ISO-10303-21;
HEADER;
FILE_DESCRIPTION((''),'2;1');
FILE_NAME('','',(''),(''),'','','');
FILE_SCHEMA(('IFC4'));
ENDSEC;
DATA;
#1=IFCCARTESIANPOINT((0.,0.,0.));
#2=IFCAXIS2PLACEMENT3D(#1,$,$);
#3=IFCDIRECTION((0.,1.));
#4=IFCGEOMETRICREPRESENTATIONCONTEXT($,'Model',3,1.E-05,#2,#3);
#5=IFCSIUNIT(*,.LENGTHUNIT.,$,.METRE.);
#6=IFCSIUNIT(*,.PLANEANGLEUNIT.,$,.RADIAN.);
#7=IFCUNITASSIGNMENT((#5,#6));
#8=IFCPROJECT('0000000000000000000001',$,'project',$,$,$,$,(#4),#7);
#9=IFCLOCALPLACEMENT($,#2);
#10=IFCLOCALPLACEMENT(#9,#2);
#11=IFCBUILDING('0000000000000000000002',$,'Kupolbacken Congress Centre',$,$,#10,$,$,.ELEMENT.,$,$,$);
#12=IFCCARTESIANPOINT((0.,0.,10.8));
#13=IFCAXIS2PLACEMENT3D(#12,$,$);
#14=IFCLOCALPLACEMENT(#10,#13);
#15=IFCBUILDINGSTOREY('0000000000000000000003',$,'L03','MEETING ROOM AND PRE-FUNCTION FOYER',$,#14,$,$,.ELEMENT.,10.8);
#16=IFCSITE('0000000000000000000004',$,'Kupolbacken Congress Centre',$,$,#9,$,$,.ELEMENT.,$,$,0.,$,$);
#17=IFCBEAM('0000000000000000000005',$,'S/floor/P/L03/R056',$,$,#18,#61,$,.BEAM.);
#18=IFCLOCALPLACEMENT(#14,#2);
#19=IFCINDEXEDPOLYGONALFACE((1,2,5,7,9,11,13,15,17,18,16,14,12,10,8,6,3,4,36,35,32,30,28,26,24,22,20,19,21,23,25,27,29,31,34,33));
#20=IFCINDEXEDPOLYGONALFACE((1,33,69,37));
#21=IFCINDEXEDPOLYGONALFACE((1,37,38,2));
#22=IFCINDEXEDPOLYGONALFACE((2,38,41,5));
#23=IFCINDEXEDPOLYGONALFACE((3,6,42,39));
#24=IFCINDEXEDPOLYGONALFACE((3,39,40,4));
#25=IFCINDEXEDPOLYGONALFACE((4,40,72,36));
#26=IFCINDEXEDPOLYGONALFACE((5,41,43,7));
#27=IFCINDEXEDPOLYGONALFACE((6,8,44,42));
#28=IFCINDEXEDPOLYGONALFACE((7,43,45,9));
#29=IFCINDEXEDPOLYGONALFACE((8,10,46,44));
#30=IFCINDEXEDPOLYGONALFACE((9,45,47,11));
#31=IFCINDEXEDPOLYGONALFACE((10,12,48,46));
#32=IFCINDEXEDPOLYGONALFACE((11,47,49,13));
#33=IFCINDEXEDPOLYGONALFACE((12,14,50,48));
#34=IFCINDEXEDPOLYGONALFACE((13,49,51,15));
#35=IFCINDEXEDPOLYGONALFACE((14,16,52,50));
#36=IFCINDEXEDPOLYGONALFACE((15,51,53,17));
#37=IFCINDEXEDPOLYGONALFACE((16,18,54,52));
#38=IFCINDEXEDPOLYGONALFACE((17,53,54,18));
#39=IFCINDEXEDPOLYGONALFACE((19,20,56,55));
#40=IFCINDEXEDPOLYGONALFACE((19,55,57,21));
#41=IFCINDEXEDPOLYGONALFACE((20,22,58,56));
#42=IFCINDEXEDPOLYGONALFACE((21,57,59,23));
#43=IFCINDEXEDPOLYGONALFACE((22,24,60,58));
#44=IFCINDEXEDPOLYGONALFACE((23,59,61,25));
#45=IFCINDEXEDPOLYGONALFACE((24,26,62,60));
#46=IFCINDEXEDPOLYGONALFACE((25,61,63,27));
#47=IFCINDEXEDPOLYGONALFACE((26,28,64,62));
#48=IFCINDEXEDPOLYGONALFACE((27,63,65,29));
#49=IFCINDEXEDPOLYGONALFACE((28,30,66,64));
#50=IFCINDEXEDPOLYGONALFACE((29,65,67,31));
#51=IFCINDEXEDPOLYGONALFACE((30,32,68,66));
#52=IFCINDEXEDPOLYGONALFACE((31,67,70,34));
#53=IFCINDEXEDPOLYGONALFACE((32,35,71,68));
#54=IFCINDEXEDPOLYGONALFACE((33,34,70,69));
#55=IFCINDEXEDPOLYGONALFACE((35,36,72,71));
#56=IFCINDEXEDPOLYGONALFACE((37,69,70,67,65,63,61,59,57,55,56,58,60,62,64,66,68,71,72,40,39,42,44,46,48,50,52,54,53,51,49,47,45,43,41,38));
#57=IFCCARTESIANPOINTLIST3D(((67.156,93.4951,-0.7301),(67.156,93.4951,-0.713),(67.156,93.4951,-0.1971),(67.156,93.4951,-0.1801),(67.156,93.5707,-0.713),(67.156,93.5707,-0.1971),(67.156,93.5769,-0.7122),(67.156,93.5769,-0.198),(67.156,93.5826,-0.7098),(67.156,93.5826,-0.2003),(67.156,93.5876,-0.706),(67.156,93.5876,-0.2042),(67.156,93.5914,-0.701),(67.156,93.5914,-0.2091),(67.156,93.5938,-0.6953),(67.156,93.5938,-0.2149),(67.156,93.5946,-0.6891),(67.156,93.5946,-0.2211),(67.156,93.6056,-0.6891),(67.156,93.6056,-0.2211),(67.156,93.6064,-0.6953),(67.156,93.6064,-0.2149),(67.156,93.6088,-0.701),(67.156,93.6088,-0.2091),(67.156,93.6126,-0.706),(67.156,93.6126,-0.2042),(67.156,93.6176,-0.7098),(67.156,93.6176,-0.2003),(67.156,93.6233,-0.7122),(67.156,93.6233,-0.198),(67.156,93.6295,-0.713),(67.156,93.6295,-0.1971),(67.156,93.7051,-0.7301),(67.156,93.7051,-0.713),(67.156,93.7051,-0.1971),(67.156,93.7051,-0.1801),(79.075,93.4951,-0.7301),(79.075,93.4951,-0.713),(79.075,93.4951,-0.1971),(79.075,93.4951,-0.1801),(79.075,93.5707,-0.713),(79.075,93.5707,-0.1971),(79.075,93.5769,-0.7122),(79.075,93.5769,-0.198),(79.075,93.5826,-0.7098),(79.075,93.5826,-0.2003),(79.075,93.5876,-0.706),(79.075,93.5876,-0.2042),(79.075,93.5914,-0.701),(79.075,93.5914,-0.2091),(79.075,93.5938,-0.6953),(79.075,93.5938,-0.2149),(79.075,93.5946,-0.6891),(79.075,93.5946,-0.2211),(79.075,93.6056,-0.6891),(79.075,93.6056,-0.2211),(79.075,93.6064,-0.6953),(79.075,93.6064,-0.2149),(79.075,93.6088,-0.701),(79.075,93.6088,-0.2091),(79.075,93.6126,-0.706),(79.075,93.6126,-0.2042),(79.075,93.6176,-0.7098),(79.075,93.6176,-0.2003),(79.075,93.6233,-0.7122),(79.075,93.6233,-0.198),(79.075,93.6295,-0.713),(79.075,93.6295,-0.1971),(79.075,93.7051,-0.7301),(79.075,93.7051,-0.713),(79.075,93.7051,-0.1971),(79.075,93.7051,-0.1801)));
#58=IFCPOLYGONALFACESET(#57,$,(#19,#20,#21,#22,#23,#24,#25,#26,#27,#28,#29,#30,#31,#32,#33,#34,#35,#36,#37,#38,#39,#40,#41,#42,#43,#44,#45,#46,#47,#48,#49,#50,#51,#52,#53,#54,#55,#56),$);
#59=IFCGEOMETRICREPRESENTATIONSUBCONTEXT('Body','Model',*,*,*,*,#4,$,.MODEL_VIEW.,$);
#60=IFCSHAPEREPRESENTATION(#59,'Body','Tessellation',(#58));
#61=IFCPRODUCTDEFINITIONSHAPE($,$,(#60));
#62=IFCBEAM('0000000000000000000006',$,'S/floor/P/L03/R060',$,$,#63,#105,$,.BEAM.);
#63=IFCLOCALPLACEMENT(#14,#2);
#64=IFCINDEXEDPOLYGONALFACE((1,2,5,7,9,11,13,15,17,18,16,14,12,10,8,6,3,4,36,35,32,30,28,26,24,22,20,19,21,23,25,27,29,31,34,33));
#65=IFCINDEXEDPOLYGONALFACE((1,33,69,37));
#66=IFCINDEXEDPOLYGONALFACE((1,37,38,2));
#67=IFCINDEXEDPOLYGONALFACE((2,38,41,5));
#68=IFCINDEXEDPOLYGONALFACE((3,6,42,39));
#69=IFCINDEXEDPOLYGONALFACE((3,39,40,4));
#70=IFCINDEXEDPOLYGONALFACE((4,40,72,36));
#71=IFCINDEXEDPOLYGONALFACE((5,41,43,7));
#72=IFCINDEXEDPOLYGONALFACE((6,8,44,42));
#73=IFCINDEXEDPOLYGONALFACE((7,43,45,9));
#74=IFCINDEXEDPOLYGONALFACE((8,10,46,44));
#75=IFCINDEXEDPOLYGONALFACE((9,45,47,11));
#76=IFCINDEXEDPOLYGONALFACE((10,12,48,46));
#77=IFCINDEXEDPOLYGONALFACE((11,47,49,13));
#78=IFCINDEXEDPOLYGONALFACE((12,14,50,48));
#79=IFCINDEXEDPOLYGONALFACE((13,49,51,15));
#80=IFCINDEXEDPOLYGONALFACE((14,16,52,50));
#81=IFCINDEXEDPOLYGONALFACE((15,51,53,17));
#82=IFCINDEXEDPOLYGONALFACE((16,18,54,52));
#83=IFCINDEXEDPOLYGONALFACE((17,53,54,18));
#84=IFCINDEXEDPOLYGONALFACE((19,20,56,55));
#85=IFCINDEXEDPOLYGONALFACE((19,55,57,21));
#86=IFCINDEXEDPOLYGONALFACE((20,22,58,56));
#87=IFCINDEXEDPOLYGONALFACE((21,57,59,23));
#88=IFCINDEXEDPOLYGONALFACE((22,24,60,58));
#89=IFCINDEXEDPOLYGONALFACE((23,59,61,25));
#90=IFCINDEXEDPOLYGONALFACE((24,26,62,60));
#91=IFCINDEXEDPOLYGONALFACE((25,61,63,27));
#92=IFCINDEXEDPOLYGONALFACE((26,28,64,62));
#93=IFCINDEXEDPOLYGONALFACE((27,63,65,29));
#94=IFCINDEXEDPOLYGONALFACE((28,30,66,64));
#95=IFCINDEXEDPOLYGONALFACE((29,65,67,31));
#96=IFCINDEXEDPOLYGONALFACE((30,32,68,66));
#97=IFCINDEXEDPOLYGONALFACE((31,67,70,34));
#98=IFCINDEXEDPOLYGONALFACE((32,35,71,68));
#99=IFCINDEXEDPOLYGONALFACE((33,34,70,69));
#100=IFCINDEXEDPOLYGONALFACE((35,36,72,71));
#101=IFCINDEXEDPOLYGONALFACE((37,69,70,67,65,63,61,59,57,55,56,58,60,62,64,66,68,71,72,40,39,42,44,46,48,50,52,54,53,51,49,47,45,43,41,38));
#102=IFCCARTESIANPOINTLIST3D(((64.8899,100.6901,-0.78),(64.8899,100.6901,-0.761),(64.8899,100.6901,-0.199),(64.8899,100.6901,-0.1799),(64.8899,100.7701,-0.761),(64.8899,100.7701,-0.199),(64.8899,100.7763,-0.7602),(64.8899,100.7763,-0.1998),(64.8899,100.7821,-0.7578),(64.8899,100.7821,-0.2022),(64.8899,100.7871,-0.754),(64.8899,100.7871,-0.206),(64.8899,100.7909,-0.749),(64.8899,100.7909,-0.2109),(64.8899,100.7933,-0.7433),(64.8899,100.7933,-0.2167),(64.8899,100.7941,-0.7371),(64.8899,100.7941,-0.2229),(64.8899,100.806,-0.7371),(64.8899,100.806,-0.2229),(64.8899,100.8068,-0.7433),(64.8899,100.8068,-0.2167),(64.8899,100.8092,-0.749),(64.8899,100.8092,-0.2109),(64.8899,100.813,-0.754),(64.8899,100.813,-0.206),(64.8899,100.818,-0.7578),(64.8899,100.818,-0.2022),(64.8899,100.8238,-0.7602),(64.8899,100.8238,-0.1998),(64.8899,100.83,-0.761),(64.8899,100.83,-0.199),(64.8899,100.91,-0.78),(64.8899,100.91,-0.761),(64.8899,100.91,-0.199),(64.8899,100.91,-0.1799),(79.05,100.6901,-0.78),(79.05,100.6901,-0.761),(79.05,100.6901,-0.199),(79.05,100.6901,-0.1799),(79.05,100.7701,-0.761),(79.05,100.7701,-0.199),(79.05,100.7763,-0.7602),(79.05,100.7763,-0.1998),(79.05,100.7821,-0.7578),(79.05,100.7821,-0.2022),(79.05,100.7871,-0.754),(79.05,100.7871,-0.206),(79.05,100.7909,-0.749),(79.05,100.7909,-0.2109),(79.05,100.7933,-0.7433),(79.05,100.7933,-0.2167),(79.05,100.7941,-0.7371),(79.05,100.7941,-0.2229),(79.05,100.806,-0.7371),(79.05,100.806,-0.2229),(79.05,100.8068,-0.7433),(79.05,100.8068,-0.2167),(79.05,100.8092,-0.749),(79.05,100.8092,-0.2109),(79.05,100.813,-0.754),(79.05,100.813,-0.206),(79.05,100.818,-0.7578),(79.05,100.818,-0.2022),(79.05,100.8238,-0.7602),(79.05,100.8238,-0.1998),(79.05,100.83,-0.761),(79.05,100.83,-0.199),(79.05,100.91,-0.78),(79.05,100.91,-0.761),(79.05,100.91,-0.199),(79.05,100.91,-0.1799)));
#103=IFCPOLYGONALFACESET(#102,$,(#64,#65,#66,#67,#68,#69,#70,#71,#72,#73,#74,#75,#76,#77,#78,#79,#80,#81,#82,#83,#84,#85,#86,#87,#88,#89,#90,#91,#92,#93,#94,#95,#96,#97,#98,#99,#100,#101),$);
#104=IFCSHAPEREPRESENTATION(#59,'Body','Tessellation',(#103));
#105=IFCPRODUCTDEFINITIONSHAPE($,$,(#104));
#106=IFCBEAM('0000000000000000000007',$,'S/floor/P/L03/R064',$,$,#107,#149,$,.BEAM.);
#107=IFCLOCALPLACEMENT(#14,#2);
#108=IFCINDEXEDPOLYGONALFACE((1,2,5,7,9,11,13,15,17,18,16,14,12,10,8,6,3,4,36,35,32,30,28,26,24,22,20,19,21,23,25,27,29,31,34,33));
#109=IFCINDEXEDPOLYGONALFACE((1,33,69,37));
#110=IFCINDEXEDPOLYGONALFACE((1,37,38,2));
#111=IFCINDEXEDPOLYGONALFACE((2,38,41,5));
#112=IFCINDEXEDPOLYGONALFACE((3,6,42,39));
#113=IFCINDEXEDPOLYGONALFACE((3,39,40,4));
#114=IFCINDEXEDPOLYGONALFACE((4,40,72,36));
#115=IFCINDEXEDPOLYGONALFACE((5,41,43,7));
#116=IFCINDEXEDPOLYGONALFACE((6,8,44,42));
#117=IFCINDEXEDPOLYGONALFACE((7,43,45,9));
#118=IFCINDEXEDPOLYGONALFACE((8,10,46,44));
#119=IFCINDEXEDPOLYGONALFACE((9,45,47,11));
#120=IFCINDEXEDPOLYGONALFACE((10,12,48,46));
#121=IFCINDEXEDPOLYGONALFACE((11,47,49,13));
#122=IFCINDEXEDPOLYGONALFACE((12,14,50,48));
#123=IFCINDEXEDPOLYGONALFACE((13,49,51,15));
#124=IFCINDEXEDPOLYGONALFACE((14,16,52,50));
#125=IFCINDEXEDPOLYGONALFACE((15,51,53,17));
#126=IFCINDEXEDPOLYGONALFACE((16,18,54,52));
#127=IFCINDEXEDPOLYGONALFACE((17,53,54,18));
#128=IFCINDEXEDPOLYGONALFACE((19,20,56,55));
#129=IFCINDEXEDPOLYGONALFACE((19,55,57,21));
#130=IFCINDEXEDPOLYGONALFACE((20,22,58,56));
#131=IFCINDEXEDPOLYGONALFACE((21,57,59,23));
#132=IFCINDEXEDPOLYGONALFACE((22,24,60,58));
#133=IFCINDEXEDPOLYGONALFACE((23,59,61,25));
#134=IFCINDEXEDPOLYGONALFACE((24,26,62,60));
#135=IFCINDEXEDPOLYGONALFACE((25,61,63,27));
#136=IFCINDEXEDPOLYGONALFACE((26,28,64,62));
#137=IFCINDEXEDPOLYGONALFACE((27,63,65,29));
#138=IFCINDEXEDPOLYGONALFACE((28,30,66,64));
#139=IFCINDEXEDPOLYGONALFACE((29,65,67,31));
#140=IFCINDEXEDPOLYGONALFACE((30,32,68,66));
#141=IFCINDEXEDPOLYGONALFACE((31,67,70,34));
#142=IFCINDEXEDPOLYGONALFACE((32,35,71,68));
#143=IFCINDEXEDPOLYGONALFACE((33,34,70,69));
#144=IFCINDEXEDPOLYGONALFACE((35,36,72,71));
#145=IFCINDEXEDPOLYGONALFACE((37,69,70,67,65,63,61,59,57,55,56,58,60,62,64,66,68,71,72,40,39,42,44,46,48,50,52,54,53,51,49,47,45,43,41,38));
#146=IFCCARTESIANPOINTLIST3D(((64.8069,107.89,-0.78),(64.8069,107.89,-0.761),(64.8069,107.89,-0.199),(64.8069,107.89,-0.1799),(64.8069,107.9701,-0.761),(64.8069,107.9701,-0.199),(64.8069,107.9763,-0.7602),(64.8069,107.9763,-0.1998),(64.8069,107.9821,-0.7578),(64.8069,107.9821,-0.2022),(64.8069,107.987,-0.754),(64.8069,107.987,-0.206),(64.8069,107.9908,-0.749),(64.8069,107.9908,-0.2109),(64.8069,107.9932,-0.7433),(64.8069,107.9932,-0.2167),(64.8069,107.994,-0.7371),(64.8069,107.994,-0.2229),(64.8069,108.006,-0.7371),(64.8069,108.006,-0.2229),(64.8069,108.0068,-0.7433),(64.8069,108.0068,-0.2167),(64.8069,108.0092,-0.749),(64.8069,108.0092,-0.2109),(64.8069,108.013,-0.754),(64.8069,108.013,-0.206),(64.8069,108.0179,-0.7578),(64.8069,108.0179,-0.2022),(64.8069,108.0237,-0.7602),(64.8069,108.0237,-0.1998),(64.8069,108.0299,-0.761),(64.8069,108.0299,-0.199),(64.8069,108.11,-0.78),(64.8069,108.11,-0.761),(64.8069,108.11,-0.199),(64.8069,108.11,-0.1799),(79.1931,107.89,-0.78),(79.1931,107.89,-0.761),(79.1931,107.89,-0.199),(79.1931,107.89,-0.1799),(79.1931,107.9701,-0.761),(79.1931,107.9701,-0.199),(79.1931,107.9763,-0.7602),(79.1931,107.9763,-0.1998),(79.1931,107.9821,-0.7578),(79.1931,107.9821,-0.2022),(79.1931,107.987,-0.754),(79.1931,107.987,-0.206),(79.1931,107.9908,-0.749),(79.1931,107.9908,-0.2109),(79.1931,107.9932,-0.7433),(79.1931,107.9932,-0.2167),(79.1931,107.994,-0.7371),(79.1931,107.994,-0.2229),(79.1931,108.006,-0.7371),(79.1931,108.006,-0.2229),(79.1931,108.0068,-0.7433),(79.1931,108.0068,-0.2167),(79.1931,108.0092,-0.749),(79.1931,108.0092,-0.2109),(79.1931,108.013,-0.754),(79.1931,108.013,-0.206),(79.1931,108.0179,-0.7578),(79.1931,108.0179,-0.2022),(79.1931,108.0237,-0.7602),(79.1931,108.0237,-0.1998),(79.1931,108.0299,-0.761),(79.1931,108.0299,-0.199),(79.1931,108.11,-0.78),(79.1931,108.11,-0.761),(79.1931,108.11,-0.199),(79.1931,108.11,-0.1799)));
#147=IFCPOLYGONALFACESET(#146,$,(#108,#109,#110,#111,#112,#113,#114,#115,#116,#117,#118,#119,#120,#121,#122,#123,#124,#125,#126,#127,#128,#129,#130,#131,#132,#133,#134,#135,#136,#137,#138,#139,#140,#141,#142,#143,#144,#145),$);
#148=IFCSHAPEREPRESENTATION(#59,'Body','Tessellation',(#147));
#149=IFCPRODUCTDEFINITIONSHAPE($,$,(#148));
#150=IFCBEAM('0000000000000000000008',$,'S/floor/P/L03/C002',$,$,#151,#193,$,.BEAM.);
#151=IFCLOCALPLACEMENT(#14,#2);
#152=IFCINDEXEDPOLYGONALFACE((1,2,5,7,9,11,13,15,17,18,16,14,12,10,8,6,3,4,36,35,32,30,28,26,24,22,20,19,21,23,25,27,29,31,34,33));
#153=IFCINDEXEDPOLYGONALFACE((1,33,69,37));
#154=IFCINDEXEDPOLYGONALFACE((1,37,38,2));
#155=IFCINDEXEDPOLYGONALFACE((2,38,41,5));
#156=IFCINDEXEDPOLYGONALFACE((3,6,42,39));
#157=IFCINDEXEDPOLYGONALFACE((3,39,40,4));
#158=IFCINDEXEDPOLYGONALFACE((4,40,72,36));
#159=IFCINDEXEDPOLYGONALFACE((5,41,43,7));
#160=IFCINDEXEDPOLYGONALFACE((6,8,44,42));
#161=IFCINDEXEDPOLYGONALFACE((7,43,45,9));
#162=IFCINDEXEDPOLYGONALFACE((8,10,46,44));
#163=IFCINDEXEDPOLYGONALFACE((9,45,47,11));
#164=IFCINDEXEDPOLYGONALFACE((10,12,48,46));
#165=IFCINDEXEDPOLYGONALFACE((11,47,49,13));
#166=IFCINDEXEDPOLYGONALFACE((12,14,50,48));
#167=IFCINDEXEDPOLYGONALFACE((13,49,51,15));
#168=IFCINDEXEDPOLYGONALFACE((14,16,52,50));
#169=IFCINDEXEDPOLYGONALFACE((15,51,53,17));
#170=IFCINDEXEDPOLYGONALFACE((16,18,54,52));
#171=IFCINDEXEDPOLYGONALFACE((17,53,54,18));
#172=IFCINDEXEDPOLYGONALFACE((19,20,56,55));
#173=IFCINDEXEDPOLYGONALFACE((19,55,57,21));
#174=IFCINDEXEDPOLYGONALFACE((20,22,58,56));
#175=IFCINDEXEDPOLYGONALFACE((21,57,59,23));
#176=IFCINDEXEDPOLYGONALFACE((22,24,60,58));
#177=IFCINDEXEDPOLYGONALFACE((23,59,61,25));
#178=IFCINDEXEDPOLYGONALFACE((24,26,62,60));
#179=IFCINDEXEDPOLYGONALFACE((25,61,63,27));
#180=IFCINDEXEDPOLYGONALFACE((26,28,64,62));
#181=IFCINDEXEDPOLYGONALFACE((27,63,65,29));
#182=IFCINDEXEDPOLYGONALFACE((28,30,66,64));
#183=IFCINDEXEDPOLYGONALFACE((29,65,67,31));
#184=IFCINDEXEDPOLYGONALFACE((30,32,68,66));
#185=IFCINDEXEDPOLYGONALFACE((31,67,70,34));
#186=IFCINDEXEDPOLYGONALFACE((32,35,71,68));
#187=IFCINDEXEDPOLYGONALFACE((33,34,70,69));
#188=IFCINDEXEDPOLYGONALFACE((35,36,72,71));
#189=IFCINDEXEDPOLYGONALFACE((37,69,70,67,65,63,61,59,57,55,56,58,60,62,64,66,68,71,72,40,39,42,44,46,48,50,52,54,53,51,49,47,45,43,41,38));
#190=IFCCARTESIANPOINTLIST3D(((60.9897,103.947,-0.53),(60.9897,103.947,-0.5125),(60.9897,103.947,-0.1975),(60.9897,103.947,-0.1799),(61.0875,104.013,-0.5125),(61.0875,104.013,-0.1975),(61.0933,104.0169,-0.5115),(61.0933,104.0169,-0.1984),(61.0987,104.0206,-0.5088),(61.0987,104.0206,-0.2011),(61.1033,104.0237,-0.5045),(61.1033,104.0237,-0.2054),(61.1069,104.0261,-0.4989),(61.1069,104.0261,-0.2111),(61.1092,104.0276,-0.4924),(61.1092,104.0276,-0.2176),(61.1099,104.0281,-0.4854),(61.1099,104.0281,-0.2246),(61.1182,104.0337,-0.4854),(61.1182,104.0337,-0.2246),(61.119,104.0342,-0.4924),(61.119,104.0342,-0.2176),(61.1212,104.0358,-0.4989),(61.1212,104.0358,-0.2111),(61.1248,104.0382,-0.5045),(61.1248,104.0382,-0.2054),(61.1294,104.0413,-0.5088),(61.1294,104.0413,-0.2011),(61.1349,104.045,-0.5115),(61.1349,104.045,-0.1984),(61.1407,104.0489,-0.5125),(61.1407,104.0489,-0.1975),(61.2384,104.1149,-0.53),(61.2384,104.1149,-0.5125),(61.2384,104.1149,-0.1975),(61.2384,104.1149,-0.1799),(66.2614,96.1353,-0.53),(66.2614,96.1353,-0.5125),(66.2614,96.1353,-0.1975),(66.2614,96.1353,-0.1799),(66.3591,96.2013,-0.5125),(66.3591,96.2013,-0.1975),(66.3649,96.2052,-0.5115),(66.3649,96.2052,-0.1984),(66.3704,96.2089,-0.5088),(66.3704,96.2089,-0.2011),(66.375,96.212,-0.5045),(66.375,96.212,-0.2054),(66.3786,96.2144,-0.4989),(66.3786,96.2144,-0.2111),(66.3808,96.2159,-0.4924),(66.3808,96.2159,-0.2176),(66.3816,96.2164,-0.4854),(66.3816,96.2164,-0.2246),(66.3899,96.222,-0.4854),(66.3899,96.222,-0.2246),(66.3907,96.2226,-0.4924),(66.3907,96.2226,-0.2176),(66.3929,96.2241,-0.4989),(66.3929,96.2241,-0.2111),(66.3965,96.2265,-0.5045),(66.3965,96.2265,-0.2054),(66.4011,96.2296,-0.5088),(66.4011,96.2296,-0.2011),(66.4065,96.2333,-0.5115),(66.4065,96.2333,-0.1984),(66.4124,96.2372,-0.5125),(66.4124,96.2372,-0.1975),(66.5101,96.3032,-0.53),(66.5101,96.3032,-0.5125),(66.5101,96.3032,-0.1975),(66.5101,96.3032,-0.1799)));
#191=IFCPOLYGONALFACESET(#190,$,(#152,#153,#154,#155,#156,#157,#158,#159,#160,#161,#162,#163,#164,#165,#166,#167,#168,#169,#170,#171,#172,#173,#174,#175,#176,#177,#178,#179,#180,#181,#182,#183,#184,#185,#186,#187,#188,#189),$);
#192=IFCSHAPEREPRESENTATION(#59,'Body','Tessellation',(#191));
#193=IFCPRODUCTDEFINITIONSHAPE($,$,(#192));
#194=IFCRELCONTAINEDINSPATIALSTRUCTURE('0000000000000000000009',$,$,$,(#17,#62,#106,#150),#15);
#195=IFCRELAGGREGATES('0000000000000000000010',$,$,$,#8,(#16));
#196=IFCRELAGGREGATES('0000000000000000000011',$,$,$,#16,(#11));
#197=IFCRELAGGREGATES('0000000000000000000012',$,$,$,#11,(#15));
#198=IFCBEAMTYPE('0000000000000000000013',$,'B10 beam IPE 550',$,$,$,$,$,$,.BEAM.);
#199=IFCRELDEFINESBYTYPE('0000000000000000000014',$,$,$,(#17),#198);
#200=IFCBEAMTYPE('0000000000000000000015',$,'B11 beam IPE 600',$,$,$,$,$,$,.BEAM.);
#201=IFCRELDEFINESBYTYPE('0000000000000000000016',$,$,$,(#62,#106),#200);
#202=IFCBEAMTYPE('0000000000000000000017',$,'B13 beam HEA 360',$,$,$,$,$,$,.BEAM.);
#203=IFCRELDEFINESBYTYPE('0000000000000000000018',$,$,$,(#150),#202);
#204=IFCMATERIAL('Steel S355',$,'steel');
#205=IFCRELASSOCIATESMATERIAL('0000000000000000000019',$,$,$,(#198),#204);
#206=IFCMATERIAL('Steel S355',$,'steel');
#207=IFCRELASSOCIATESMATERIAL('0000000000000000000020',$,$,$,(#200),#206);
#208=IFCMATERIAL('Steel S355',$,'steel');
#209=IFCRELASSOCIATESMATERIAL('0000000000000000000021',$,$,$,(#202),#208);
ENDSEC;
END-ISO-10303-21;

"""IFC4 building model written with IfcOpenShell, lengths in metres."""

from ifc_helpers import new_model, si_unit, direction, frame, origin, origin_2d, place, context, subcontext, project, spatial, i_section, extrude, material, material_profile, profile_set, type_object, element, save


model = new_model("IFC4")

# Units and contexts
model_context = context("Model", 3, precision=1e-05, world=origin(), true_north=direction((0.0, 1.0)))
body_context = subcontext(model_context, "Body", "Model", "MODEL_VIEW")
ifc_project = project(units=[si_unit("LENGTHUNIT", "METRE"), si_unit("PLANEANGLEUNIT", "RADIAN")], contexts=[model_context])

# Site, building, storey
site_placement = place(None, origin())
site = spatial("IfcSite", under=ifc_project, at=site_placement, Name="Kupolbacken Congress Centre", CompositionType="ELEMENT", RefElevation=0.0)
building_placement = place(site_placement, origin())
building = spatial("IfcBuilding", under=site, at=building_placement, Name="Kupolbacken Congress Centre", CompositionType="ELEMENT")
storey_placement = place(building_placement, frame((0.0, 0.0, 10.8)))
storey = spatial("IfcBuildingStorey", under=building, at=storey_placement, Name="L03", Description="MEETING ROOM AND PRE-FUNCTION FOYER", CompositionType="ELEMENT", Elevation=10.8)

# Beams
ifc_material_1 = material(Name="Steel S355", Category="steel")
ifc_material_profile_1 = material_profile(ifc_material_1, i_section(OverallWidth=0.21, OverallDepth=0.55, WebThickness=0.011, FlangeThickness=0.0171, FilletRadius=0.0239, at=origin_2d()), Name="IPE 550")
ifc_profile_set_1 = profile_set([ifc_material_profile_1], Name="Steel S355")
beam_type_1 = type_object("IfcBeamType", Name="B10 beam IPE 550", PredefinedType="BEAM", material=ifc_profile_set_1)
beam_1_placement = place(storey_placement, frame((67.156, 93.6001, -0.4551), z_axis=(1.0, 0.0, 0.0), x_axis=(0.0, 1.0, 0.0)))
element("IfcBeam", 1, at=beam_1_placement, inside=storey, type_object=beam_type_1, Name="S/floor/P/L03/R056", PredefinedType="BEAM", context=body_context, shape_type="SweptSolid", body=[
    extrude(i_section(OverallWidth=0.21, OverallDepth=0.55, WebThickness=0.011, FlangeThickness=0.0171, FilletRadius=0.0239, at=origin_2d()), origin(), (0.0, 0.0, 1.0), 11.9189),
])
ifc_material_2 = material(Name="Steel S355", Category="steel")
ifc_material_profile_2 = material_profile(ifc_material_2, i_section(OverallWidth=0.22, OverallDepth=0.6001, WebThickness=0.012, FlangeThickness=0.019, FilletRadius=0.0239, at=origin_2d()), Name="IPE 600")
ifc_profile_set_2 = profile_set([ifc_material_profile_2], Name="Steel S355")
beam_type_2 = type_object("IfcBeamType", Name="B11 beam IPE 600", PredefinedType="BEAM", material=ifc_profile_set_2)
beam_2_placement = place(storey_placement, frame((64.8899, 100.8, -0.48), z_axis=(1.0, 0.0, 0.0), x_axis=(0.0, 1.0, 0.0)))
element("IfcBeam", 2, at=beam_2_placement, inside=storey, type_object=beam_type_2, Name="S/floor/P/L03/R060", PredefinedType="BEAM", context=body_context, shape_type="SweptSolid", body=[
    extrude(i_section(OverallWidth=0.22, OverallDepth=0.6001, WebThickness=0.012, FlangeThickness=0.019, FilletRadius=0.0239, at=origin_2d()), origin(), (0.0, 0.0, 1.0), 14.1602),
])
beam_3_placement = place(storey_placement, frame((64.8069, 108.0, -0.48), z_axis=(1.0, 0.0, 0.0), x_axis=(0.0, 1.0, 0.0)))
element("IfcBeam", 3, at=beam_3_placement, inside=storey, type_object=beam_type_2, Name="S/floor/P/L03/R064", PredefinedType="BEAM", context=body_context, shape_type="SweptSolid", body=[
    extrude(i_section(OverallWidth=0.22, OverallDepth=0.6001, WebThickness=0.012, FlangeThickness=0.019, FilletRadius=0.0239, at=origin_2d()), origin(), (0.0, 0.0, 1.0), 14.3862),
])
ifc_material_3 = material(Name="Steel S355", Category="steel")
ifc_material_profile_3 = material_profile(ifc_material_3, i_section(OverallWidth=0.3, OverallDepth=0.3501, WebThickness=0.01, FlangeThickness=0.0176, FilletRadius=0.0271, at=origin_2d()), Name="HEA 360")
ifc_profile_set_3 = profile_set([ifc_material_profile_3], Name="Steel S355")
beam_type_3 = type_object("IfcBeamType", Name="B13 beam HEA 360", PredefinedType="BEAM", material=ifc_profile_set_3)
beam_4_placement = place(storey_placement, frame((66.3857, 96.2192, -0.355), z_axis=(-0.559384, 0.828908, 0.0), x_axis=(-0.828908, -0.559384, 0.0)))
element("IfcBeam", 4, at=beam_4_placement, inside=storey, type_object=beam_type_3, Name="S/floor/P/L03/C002", PredefinedType="BEAM", context=body_context, shape_type="SweptSolid", body=[
    extrude(i_section(OverallWidth=0.3, OverallDepth=0.3501, WebThickness=0.01, FlangeThickness=0.0176, FilletRadius=0.0271, at=origin_2d()), origin(), (0.0, 0.0, 1.0), 9.4241),
])

save(model, "model.ifc")
